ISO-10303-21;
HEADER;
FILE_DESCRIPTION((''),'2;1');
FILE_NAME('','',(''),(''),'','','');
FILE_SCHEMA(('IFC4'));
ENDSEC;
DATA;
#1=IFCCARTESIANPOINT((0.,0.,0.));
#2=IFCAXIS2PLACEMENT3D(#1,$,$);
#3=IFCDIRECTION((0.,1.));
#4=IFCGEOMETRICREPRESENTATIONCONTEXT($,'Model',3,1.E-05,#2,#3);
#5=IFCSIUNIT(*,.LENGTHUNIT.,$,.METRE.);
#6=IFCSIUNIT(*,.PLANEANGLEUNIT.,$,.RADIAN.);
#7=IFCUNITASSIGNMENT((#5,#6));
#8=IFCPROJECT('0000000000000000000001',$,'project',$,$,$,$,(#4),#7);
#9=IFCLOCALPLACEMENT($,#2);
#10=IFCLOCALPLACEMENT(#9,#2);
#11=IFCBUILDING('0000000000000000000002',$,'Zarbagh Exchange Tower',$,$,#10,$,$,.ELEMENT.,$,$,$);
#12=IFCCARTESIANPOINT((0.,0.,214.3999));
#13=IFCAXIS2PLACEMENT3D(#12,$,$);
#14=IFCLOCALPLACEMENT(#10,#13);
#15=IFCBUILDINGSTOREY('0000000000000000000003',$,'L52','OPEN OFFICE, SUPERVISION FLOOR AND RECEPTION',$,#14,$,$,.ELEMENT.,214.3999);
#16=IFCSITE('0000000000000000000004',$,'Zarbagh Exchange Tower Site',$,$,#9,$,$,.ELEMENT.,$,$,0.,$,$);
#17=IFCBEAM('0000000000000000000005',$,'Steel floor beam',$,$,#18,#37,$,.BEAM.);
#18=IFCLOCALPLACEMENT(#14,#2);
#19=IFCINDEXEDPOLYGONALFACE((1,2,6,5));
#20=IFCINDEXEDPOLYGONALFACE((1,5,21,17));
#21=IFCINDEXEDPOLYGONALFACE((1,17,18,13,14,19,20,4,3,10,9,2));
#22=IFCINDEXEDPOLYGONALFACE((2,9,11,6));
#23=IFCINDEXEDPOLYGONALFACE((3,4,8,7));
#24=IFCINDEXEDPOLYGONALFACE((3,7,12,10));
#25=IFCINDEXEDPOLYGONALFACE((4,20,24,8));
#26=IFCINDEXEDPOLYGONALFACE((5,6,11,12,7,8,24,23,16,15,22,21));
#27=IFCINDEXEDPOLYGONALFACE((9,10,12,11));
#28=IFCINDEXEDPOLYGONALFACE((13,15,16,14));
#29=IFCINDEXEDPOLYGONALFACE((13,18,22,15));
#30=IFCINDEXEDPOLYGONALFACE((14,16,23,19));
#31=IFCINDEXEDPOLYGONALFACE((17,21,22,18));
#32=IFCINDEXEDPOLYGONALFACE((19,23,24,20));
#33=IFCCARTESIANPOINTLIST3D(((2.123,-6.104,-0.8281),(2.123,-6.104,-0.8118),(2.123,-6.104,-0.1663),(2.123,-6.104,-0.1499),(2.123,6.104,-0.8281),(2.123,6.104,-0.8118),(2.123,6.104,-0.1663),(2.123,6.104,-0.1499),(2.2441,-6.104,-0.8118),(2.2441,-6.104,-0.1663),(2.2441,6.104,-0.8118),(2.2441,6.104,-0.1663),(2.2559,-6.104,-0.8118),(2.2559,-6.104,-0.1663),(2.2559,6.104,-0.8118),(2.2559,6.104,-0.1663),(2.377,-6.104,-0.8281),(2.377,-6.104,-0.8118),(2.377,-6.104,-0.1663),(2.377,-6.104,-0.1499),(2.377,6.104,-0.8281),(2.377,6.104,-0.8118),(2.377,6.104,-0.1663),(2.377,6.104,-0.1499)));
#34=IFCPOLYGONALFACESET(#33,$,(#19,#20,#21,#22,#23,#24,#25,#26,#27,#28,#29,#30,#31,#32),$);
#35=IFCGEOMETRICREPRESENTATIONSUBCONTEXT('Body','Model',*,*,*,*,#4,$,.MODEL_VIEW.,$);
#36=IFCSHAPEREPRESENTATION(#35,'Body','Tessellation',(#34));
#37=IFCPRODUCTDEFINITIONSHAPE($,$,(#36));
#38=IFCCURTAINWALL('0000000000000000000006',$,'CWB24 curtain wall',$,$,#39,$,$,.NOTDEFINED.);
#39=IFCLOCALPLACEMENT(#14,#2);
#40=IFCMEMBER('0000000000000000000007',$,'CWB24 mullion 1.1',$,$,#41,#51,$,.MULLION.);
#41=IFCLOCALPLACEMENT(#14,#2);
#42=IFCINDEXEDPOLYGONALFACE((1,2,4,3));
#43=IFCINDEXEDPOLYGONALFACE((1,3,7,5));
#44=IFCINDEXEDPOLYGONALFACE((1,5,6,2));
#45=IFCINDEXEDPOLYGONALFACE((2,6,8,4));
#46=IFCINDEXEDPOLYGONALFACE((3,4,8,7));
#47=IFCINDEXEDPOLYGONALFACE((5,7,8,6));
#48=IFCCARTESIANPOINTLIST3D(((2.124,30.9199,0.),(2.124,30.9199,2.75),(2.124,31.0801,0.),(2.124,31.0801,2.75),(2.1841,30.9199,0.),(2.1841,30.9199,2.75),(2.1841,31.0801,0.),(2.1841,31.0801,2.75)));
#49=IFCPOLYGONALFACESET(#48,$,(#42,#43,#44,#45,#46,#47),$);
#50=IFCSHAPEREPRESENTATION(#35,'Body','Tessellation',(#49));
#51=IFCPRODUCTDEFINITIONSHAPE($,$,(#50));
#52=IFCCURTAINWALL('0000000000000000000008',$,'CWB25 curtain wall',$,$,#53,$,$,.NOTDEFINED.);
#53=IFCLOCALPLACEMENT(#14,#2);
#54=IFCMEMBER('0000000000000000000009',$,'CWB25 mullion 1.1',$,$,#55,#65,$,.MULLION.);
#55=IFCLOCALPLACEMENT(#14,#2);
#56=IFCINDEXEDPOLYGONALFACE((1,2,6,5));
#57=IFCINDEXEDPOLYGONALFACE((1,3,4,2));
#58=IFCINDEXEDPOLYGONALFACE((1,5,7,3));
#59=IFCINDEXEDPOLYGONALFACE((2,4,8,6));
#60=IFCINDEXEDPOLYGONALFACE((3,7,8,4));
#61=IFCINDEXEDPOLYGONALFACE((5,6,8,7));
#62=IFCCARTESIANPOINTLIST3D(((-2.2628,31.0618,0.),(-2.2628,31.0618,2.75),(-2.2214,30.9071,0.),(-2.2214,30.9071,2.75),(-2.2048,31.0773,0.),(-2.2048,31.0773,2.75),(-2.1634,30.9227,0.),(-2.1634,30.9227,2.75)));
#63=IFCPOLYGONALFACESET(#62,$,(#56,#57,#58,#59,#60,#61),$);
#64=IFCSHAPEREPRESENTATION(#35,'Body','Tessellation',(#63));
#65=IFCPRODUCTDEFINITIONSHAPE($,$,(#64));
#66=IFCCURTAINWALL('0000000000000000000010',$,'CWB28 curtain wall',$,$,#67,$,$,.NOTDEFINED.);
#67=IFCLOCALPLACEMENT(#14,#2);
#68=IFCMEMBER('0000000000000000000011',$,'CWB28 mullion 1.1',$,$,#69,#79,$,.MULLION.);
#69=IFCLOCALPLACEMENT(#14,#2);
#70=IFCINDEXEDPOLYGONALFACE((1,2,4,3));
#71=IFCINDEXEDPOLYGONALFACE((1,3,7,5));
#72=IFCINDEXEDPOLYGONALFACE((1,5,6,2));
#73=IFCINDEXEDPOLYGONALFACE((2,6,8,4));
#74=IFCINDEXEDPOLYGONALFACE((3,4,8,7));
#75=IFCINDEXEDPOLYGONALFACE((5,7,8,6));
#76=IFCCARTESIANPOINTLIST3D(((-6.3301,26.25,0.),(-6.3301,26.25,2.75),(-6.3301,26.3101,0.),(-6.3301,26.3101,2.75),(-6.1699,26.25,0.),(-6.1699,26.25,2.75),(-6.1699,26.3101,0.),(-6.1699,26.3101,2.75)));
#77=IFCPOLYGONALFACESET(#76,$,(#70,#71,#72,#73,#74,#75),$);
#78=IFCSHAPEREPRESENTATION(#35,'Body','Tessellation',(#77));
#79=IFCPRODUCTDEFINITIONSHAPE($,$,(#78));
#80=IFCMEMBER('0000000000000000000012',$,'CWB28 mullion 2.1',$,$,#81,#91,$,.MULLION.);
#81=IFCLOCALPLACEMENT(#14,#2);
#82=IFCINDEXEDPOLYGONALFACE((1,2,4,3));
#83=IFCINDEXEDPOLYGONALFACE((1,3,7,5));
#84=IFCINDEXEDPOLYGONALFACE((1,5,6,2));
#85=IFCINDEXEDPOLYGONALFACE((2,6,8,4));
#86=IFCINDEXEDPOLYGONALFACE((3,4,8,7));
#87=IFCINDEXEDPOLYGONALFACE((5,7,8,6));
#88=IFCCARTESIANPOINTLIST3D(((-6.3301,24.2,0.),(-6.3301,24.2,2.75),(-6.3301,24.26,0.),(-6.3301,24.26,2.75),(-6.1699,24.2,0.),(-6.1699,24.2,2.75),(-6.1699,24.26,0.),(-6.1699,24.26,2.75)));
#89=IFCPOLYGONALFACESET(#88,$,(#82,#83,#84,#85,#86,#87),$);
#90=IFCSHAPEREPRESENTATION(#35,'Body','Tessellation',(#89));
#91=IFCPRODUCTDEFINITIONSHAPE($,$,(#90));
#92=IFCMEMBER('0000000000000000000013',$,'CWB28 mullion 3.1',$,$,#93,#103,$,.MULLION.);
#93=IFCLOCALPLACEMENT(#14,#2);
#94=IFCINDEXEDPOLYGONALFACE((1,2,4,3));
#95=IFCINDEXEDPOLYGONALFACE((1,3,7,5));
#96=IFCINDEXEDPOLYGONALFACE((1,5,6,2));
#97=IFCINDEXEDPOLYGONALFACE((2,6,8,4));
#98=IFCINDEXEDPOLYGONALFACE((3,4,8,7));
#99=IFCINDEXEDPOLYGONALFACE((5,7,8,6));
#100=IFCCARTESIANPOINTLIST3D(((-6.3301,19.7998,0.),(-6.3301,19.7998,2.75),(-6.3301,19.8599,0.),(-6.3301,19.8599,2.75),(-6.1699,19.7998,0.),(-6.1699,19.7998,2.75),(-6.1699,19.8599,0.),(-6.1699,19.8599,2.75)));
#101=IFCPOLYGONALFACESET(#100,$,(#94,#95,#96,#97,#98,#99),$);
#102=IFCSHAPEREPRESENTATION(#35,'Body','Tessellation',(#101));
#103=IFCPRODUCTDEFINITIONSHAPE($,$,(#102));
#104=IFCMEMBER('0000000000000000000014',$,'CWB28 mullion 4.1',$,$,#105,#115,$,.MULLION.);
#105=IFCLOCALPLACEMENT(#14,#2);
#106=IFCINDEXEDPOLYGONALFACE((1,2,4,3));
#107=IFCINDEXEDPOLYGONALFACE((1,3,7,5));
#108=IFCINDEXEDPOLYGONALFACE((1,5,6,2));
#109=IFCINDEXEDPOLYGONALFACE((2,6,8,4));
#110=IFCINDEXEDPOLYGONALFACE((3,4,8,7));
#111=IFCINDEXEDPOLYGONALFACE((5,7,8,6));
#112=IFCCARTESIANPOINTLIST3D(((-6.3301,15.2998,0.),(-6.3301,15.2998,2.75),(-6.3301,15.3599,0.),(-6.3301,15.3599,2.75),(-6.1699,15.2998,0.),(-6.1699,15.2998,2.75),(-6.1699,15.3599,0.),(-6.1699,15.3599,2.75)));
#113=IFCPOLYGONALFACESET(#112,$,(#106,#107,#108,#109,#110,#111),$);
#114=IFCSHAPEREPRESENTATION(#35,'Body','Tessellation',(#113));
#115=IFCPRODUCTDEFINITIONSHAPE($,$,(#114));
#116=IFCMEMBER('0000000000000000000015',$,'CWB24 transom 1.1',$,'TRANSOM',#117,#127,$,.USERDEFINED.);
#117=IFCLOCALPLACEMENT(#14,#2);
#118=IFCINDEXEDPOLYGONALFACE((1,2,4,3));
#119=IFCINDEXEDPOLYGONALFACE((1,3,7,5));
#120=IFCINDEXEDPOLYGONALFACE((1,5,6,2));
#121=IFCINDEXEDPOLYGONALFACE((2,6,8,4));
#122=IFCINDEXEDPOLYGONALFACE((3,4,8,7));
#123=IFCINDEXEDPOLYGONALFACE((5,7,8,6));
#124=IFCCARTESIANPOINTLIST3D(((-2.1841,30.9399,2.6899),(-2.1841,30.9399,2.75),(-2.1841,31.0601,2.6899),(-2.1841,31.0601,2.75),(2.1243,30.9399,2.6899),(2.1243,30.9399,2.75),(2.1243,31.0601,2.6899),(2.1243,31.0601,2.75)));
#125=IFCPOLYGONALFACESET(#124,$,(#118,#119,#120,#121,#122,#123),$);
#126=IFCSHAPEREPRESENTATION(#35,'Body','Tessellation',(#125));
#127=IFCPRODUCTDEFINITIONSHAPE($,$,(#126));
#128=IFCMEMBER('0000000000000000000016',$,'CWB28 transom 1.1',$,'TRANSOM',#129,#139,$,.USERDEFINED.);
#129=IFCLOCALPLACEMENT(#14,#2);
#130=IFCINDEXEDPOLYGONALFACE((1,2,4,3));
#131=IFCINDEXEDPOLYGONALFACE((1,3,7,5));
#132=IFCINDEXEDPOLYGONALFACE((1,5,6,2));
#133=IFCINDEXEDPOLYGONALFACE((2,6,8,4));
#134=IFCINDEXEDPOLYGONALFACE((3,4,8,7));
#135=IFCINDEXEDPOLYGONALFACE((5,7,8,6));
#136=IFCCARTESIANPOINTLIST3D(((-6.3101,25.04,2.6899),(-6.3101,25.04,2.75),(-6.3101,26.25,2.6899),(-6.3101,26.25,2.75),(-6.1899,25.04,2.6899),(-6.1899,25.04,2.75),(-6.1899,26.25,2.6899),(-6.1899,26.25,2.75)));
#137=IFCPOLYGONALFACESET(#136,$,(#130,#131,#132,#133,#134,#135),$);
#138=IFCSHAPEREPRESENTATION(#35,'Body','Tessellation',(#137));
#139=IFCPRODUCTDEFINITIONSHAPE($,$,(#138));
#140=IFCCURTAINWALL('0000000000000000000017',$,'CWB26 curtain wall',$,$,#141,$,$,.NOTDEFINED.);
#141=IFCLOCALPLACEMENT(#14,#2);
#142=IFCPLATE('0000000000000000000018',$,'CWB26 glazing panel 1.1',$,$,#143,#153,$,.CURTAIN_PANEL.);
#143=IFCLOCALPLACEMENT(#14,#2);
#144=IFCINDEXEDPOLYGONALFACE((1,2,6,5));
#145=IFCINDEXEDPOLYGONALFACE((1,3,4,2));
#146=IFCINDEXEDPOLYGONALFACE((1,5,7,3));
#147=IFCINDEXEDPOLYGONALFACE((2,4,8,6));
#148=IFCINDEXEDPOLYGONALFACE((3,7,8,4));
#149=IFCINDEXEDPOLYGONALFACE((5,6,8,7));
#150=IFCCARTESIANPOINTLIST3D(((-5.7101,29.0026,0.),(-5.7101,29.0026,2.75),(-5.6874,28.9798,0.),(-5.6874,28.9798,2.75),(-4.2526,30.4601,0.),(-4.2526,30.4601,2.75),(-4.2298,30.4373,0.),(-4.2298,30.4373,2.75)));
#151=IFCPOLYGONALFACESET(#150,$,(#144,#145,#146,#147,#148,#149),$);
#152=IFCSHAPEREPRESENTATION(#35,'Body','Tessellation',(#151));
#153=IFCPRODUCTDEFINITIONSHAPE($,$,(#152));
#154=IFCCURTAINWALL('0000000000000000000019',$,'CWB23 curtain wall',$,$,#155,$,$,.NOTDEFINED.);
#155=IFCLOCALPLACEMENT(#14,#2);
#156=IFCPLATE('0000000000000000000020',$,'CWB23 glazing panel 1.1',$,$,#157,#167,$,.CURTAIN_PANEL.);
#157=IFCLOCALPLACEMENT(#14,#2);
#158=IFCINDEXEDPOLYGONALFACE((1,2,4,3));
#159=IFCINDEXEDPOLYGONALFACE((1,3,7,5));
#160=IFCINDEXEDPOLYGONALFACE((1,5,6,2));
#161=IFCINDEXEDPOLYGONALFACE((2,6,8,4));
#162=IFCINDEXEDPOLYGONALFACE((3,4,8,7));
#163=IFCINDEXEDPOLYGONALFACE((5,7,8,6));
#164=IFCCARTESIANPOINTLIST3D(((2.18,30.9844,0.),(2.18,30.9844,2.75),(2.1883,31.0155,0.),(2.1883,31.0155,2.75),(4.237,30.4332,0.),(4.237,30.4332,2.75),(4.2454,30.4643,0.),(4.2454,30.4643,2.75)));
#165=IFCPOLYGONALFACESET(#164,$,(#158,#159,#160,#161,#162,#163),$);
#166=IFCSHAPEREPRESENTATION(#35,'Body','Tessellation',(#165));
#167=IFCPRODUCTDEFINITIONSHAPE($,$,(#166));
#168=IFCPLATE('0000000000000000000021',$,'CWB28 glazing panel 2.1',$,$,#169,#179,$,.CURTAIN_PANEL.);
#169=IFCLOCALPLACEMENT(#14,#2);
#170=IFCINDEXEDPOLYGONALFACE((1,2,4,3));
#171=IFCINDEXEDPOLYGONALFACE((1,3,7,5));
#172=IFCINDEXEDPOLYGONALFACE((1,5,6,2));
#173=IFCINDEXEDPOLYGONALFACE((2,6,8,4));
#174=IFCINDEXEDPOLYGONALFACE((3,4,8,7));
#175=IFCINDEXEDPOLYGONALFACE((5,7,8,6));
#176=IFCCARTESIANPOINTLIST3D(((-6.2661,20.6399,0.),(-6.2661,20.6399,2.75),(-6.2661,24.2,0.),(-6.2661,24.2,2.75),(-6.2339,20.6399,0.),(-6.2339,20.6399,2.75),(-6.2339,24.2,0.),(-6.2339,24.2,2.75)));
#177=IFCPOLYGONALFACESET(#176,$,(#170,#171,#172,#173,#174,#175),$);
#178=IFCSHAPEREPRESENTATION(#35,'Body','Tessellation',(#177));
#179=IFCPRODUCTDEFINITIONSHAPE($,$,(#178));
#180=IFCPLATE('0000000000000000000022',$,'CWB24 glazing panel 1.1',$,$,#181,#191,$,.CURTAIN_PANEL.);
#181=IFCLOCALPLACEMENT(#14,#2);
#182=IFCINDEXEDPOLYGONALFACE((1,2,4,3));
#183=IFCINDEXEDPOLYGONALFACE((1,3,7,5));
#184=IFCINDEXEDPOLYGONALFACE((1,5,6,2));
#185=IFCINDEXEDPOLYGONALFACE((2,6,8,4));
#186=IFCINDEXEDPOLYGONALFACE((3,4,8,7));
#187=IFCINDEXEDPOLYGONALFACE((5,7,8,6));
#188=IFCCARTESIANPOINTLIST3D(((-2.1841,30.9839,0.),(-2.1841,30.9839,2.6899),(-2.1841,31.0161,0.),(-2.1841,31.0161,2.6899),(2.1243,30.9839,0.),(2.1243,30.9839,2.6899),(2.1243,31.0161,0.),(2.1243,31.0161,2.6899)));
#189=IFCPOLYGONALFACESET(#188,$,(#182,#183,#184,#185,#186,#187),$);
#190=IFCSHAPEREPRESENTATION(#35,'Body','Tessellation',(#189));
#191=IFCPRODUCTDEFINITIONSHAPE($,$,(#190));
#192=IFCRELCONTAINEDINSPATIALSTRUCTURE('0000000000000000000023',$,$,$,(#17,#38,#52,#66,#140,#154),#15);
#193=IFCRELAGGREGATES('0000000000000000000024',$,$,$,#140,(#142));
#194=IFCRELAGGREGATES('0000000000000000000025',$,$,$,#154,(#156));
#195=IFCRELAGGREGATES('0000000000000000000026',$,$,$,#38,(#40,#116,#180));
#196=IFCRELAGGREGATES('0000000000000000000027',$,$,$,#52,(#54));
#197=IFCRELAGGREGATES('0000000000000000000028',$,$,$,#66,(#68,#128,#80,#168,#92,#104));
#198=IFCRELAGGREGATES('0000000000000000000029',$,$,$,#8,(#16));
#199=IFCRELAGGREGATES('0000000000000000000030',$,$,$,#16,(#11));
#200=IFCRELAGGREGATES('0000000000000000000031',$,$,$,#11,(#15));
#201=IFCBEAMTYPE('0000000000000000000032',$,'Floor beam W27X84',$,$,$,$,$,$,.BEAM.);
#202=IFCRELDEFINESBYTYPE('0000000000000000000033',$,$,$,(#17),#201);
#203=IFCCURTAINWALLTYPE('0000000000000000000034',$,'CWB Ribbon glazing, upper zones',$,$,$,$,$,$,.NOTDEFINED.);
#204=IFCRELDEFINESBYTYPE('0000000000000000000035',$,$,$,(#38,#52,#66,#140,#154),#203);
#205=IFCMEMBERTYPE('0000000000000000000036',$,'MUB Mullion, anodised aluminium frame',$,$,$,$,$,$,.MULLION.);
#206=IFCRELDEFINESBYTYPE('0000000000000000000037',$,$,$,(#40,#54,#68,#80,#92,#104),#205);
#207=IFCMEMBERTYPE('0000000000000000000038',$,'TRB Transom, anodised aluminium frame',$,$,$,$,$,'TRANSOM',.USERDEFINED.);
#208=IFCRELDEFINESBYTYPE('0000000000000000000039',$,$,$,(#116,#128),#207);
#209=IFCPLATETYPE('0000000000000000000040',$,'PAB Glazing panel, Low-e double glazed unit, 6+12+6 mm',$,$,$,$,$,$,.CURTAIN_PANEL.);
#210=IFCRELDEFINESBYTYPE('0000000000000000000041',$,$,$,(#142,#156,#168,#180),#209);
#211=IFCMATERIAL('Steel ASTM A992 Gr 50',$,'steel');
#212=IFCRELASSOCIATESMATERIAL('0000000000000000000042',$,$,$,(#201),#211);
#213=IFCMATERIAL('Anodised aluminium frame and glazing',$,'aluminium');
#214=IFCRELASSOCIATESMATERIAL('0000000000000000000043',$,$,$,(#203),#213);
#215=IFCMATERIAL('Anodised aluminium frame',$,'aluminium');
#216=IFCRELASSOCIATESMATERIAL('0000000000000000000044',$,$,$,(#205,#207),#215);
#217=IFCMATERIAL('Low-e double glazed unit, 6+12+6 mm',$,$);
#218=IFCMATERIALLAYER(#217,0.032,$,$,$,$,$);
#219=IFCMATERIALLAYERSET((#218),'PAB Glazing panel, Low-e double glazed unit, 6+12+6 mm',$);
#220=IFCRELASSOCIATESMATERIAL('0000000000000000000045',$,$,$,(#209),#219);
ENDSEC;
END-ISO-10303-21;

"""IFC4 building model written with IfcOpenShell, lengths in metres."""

from ifc_helpers import new_model, si_unit, direction, frame, origin, origin_2d, place, context, subcontext, project, spatial, polyline, i_section, outline, extrude, source, transform, mapped, material, layer, layer_set, material_profile, profile_set, type_object, element, aggregate, save


model = new_model("IFC4")

# Units and contexts
model_context = context("Model", 3, precision=1e-05, world=origin(), true_north=direction((0.0, 1.0)))
body_context = subcontext(model_context, "Body", "Model", "MODEL_VIEW")
ifc_project = project(units=[si_unit("LENGTHUNIT", "METRE"), si_unit("PLANEANGLEUNIT", "RADIAN")], contexts=[model_context])

# Site, building, storey
site_placement = place(None, origin())
site = spatial("IfcSite", under=ifc_project, at=site_placement, Name="Zarbagh Exchange Tower Site", CompositionType="ELEMENT", RefElevation=0.0)
building_placement = place(site_placement, origin())
building = spatial("IfcBuilding", under=site, at=building_placement, Name="Zarbagh Exchange Tower", CompositionType="ELEMENT")
storey_placement = place(building_placement, frame((0.0, 0.0, 214.3999)))
storey = spatial("IfcBuildingStorey", under=building, at=storey_placement, Name="L52", Description="OPEN OFFICE, SUPERVISION FLOOR AND RECEPTION", CompositionType="ELEMENT", Elevation=214.3999)

# Beam
ifc_material_1 = material(Name="Steel ASTM A992 Gr 50", Category="steel")
ifc_material_profile = material_profile(ifc_material_1, i_section(OverallWidth=0.2539, OverallDepth=0.6782, WebThickness=0.0117, FlangeThickness=0.0164, at=origin_2d()), Name="W27X84")
ifc_profile_set = profile_set([ifc_material_profile], Name="Steel ASTM A992 Gr 50")
beam_type = type_object("IfcBeamType", Name="Floor beam W27X84", PredefinedType="BEAM", material=ifc_profile_set)
beam_placement = place(storey_placement, frame((2.25, -6.104, -0.489), z_axis=(0.0, 1.0, 0.0), x_axis=(-1.0, 0.0, 0.0)))
element("IfcBeam", 1, at=beam_placement, inside=storey, type_object=beam_type, Name="Steel floor beam", PredefinedType="BEAM", context=body_context, shape_type="SweptSolid", body=[
    extrude(i_section(OverallWidth=0.2539, OverallDepth=0.6782, WebThickness=0.0117, FlangeThickness=0.0164, at=origin_2d()), origin(), (0.0, 0.0, 1.0), 12.208),
])

# Curtain walls, members
ifc_material_2 = material(Name="Anodised aluminium frame and glazing", Category="aluminium")
curtain_wall_type = type_object("IfcCurtainWallType", Name="CWB Ribbon glazing, upper zones", PredefinedType="NOTDEFINED", material=ifc_material_2)
curtain_wall_1_placement = place(storey_placement, origin())
curtain_wall_1 = element("IfcCurtainWall", 2, at=curtain_wall_1_placement, inside=storey, type_object=curtain_wall_type, Name="CWB24 curtain wall", PredefinedType="NOTDEFINED")
ifc_material_3 = material(Name="Anodised aluminium frame", Category="aluminium")
member_type_1 = type_object("IfcMemberType", Name="MUB Mullion, anodised aluminium frame", PredefinedType="MULLION", material=ifc_material_3)
shared_shape_1 = source(origin(), body_context, "Body", "SweptSolid", [
    extrude(outline(polyline([(0.0, -0.0801), (0.0601, -0.0801), (0.0601, 0.0801), (0.0, 0.0801), (0.0, -0.0801)])), origin(), (0.0, 0.0, 1.0), 2.75),
])
placement = place(storey_placement, origin())
member_1 = element("IfcMember", 3, at=placement, type_object=member_type_1, Name="CWB24 mullion 1.1", PredefinedType="MULLION", context=body_context, shape_type="MappedRepresentation", body=[
    mapped(shared_shape_1, transform((2.1841, 31.0, 0.0), x_axis=(-1.0, 0.0, 0.0), y_axis=(0.0, -1.0, 0.0), z_axis=(0.0, 0.0, 1.0))),
])
curtain_wall_2_placement = place(storey_placement, origin())
curtain_wall_2 = element("IfcCurtainWall", 4, at=curtain_wall_2_placement, inside=storey, type_object=curtain_wall_type, Name="CWB25 curtain wall", PredefinedType="NOTDEFINED")
member_2 = element("IfcMember", 5, at=placement, type_object=member_type_1, Name="CWB25 mullion 1.1", PredefinedType="MULLION", context=body_context, shape_type="MappedRepresentation", body=[
    mapped(shared_shape_1, transform((-2.1841, 31.0, 0.0), x_axis=(-0.965924, -0.258825, 0.0), y_axis=(0.258825, -0.965924, 0.0), z_axis=(0.0, 0.0, 1.0))),
])

# Curtain wall, members
curtain_wall_3_placement = place(storey_placement, origin())
curtain_wall_3 = element("IfcCurtainWall", 6, at=curtain_wall_3_placement, inside=storey, type_object=curtain_wall_type, Name="CWB28 curtain wall", PredefinedType="NOTDEFINED")
member_3 = element("IfcMember", 7, at=placement, type_object=member_type_1, Name="CWB28 mullion 1.1", PredefinedType="MULLION", context=body_context, shape_type="MappedRepresentation", body=[
    mapped(shared_shape_1, transform((-6.25, 26.3101, 0.0), x_axis=(0.0, -1.0, 0.0), y_axis=(1.0, 0.0, 0.0), z_axis=(0.0, 0.0, 1.0))),
])
member_4 = element("IfcMember", 8, at=placement, type_object=member_type_1, Name="CWB28 mullion 2.1", PredefinedType="MULLION", context=body_context, shape_type="MappedRepresentation", body=[
    mapped(shared_shape_1, transform((-6.25, 24.26, 0.0), x_axis=(0.0, -1.0, 0.0), y_axis=(1.0, 0.0, 0.0), z_axis=(0.0, 0.0, 1.0))),
])
member_5 = element("IfcMember", 9, at=placement, type_object=member_type_1, Name="CWB28 mullion 3.1", PredefinedType="MULLION", context=body_context, shape_type="MappedRepresentation", body=[
    mapped(shared_shape_1, transform((-6.25, 19.8599, 0.0), x_axis=(0.0, -1.0, 0.0), y_axis=(1.0, 0.0, 0.0), z_axis=(0.0, 0.0, 1.0))),
])
member_6 = element("IfcMember", 10, at=placement, type_object=member_type_1, Name="CWB28 mullion 4.1", PredefinedType="MULLION", context=body_context, shape_type="MappedRepresentation", body=[
    mapped(shared_shape_1, transform((-6.25, 15.3599, 0.0), x_axis=(0.0, -1.0, 0.0), y_axis=(1.0, 0.0, 0.0), z_axis=(0.0, 0.0, 1.0))),
])

# Members
member_type_2 = type_object("IfcMemberType", Name="TRB Transom, anodised aluminium frame", ElementType="TRANSOM", PredefinedType="USERDEFINED", material=ifc_material_3)
shared_shape_2 = source(origin(), body_context, "Body", "SweptSolid", [
    extrude(outline(polyline([(-0.0601, -0.0601), (0.0, -0.0601), (0.0, 0.0601), (-0.0601, 0.0601), (-0.0601, -0.0601)])), origin(), (0.0, 0.0, 1.0), 4.3083),
])
member_7 = element("IfcMember", 11, at=placement, type_object=member_type_2, Name="CWB24 transom 1.1", ObjectType="TRANSOM", PredefinedType="USERDEFINED", context=body_context, shape_type="MappedRepresentation", body=[
    mapped(shared_shape_2, transform((2.1243, 31.0, 2.75), x_axis=(0.0, 0.0, 1.0), y_axis=(0.0, 1.0, 0.0), z_axis=(-1.0, 0.0, 0.0))),
])
shared_shape_3 = source(origin(), body_context, "Body", "SweptSolid", [
    extrude(outline(polyline([(-0.0601, -0.0601), (0.0, -0.0601), (0.0, 0.0601), (-0.0601, 0.0601), (-0.0601, -0.0601)])), origin(), (0.0, 0.0, 1.0), 1.21),
])
member_8 = element("IfcMember", 12, at=placement, type_object=member_type_2, Name="CWB28 transom 1.1", ObjectType="TRANSOM", PredefinedType="USERDEFINED", context=body_context, shape_type="MappedRepresentation", body=[
    mapped(shared_shape_3, transform((-6.25, 26.25, 2.75), x_axis=(0.0, 0.0, 1.0), y_axis=(-1.0, 0.0, 0.0), z_axis=(0.0, -1.0, 0.0))),
])

# Curtain walls, plates
curtain_wall_4_placement = place(storey_placement, origin())
curtain_wall_4 = element("IfcCurtainWall", 13, at=curtain_wall_4_placement, inside=storey, type_object=curtain_wall_type, Name="CWB26 curtain wall", PredefinedType="NOTDEFINED")
ifc_material_4 = material(Name="Low-e double glazed unit, 6+12+6 mm")
ifc_layer_1 = layer(ifc_material_4, 0.032)
ifc_layer_set_1 = layer_set([ifc_layer_1], Name="PAB Glazing panel, Low-e double glazed unit, 6+12+6 mm")
plate_type = type_object("IfcPlateType", Name="PAB Glazing panel, Low-e double glazed unit, 6+12+6 mm", PredefinedType="CURTAIN_PANEL", material=ifc_layer_set_1)
shared_shape_4 = source(origin(), body_context, "Body", "SweptSolid", [
    extrude(outline(polyline([(0.0, -0.0161), (2.0613, -0.0161), (2.0613, 0.0161), (0.0, 0.0161), (0.0, -0.0161)])), origin(), (0.0, 0.0, 1.0), 2.75),
])
plate_1 = element("IfcPlate", 14, at=placement, type_object=plate_type, Name="CWB26 glazing panel 1.1", PredefinedType="CURTAIN_PANEL", context=body_context, shape_type="MappedRepresentation", body=[
    mapped(shared_shape_4, transform((-4.2412, 30.4487, 0.0), x_axis=(-0.707107, -0.707107, 0.0), y_axis=(0.707107, -0.707107, 0.0), z_axis=(0.0, 0.0, 1.0))),
])
aggregate(curtain_wall_4, [plate_1])
curtain_wall_5_placement = place(storey_placement, origin())
curtain_wall_5 = element("IfcCurtainWall", 15, at=curtain_wall_5_placement, inside=storey, type_object=curtain_wall_type, Name="CWB23 curtain wall", PredefinedType="NOTDEFINED")
shared_shape_5 = source(origin(), body_context, "Body", "SweptSolid", [
    extrude(outline(polyline([(0.0, -0.0161), (2.1296, -0.0161), (2.1296, 0.0161), (0.0, 0.0161), (0.0, -0.0161)])), origin(), (0.0, 0.0, 1.0), 2.75),
])
plate_2 = element("IfcPlate", 16, at=placement, type_object=plate_type, Name="CWB23 glazing panel 1.1", PredefinedType="CURTAIN_PANEL", context=body_context, shape_type="MappedRepresentation", body=[
    mapped(shared_shape_5, transform((4.2412, 30.4487, 0.0), x_axis=(-0.965924, 0.258825, 0.0), y_axis=(-0.258825, -0.965924, 0.0), z_axis=(0.0, 0.0, 1.0))),
])
aggregate(curtain_wall_5, [plate_2])

# Plates
shared_shape_6 = source(origin(), body_context, "Body", "SweptSolid", [
    extrude(outline(polyline([(0.0, -0.0161), (3.5601, -0.0161), (3.5601, 0.0161), (0.0, 0.0161), (0.0, -0.0161)])), origin(), (0.0, 0.0, 1.0), 2.75),
])
plate_3 = element("IfcPlate", 17, at=placement, type_object=plate_type, Name="CWB28 glazing panel 2.1", PredefinedType="CURTAIN_PANEL", context=body_context, shape_type="MappedRepresentation", body=[
    mapped(shared_shape_6, transform((-6.25, 24.2, 0.0), x_axis=(0.0, -1.0, 0.0), y_axis=(1.0, 0.0, 0.0), z_axis=(0.0, 0.0, 1.0))),
])
shared_shape_7 = source(origin(), body_context, "Body", "SweptSolid", [
    extrude(outline(polyline([(0.0, -0.0161), (4.3083, -0.0161), (4.3083, 0.0161), (0.0, 0.0161), (0.0, -0.0161)])), origin(), (0.0, 0.0, 1.0), 2.6899),
])
plate_4 = element("IfcPlate", 18, at=placement, type_object=plate_type, Name="CWB24 glazing panel 1.1", PredefinedType="CURTAIN_PANEL", context=body_context, shape_type="MappedRepresentation", body=[
    mapped(shared_shape_7, transform((2.1243, 31.0, 0.0), x_axis=(-1.0, 0.0, 0.0), y_axis=(0.0, -1.0, 0.0), z_axis=(0.0, 0.0, 1.0))),
])
aggregate(curtain_wall_1, [member_1, member_7, plate_4])
aggregate(curtain_wall_2, [member_2])

aggregate(curtain_wall_3, [member_3, member_8, member_4, plate_3, member_5, member_6])

save(model, "model.ifc")
